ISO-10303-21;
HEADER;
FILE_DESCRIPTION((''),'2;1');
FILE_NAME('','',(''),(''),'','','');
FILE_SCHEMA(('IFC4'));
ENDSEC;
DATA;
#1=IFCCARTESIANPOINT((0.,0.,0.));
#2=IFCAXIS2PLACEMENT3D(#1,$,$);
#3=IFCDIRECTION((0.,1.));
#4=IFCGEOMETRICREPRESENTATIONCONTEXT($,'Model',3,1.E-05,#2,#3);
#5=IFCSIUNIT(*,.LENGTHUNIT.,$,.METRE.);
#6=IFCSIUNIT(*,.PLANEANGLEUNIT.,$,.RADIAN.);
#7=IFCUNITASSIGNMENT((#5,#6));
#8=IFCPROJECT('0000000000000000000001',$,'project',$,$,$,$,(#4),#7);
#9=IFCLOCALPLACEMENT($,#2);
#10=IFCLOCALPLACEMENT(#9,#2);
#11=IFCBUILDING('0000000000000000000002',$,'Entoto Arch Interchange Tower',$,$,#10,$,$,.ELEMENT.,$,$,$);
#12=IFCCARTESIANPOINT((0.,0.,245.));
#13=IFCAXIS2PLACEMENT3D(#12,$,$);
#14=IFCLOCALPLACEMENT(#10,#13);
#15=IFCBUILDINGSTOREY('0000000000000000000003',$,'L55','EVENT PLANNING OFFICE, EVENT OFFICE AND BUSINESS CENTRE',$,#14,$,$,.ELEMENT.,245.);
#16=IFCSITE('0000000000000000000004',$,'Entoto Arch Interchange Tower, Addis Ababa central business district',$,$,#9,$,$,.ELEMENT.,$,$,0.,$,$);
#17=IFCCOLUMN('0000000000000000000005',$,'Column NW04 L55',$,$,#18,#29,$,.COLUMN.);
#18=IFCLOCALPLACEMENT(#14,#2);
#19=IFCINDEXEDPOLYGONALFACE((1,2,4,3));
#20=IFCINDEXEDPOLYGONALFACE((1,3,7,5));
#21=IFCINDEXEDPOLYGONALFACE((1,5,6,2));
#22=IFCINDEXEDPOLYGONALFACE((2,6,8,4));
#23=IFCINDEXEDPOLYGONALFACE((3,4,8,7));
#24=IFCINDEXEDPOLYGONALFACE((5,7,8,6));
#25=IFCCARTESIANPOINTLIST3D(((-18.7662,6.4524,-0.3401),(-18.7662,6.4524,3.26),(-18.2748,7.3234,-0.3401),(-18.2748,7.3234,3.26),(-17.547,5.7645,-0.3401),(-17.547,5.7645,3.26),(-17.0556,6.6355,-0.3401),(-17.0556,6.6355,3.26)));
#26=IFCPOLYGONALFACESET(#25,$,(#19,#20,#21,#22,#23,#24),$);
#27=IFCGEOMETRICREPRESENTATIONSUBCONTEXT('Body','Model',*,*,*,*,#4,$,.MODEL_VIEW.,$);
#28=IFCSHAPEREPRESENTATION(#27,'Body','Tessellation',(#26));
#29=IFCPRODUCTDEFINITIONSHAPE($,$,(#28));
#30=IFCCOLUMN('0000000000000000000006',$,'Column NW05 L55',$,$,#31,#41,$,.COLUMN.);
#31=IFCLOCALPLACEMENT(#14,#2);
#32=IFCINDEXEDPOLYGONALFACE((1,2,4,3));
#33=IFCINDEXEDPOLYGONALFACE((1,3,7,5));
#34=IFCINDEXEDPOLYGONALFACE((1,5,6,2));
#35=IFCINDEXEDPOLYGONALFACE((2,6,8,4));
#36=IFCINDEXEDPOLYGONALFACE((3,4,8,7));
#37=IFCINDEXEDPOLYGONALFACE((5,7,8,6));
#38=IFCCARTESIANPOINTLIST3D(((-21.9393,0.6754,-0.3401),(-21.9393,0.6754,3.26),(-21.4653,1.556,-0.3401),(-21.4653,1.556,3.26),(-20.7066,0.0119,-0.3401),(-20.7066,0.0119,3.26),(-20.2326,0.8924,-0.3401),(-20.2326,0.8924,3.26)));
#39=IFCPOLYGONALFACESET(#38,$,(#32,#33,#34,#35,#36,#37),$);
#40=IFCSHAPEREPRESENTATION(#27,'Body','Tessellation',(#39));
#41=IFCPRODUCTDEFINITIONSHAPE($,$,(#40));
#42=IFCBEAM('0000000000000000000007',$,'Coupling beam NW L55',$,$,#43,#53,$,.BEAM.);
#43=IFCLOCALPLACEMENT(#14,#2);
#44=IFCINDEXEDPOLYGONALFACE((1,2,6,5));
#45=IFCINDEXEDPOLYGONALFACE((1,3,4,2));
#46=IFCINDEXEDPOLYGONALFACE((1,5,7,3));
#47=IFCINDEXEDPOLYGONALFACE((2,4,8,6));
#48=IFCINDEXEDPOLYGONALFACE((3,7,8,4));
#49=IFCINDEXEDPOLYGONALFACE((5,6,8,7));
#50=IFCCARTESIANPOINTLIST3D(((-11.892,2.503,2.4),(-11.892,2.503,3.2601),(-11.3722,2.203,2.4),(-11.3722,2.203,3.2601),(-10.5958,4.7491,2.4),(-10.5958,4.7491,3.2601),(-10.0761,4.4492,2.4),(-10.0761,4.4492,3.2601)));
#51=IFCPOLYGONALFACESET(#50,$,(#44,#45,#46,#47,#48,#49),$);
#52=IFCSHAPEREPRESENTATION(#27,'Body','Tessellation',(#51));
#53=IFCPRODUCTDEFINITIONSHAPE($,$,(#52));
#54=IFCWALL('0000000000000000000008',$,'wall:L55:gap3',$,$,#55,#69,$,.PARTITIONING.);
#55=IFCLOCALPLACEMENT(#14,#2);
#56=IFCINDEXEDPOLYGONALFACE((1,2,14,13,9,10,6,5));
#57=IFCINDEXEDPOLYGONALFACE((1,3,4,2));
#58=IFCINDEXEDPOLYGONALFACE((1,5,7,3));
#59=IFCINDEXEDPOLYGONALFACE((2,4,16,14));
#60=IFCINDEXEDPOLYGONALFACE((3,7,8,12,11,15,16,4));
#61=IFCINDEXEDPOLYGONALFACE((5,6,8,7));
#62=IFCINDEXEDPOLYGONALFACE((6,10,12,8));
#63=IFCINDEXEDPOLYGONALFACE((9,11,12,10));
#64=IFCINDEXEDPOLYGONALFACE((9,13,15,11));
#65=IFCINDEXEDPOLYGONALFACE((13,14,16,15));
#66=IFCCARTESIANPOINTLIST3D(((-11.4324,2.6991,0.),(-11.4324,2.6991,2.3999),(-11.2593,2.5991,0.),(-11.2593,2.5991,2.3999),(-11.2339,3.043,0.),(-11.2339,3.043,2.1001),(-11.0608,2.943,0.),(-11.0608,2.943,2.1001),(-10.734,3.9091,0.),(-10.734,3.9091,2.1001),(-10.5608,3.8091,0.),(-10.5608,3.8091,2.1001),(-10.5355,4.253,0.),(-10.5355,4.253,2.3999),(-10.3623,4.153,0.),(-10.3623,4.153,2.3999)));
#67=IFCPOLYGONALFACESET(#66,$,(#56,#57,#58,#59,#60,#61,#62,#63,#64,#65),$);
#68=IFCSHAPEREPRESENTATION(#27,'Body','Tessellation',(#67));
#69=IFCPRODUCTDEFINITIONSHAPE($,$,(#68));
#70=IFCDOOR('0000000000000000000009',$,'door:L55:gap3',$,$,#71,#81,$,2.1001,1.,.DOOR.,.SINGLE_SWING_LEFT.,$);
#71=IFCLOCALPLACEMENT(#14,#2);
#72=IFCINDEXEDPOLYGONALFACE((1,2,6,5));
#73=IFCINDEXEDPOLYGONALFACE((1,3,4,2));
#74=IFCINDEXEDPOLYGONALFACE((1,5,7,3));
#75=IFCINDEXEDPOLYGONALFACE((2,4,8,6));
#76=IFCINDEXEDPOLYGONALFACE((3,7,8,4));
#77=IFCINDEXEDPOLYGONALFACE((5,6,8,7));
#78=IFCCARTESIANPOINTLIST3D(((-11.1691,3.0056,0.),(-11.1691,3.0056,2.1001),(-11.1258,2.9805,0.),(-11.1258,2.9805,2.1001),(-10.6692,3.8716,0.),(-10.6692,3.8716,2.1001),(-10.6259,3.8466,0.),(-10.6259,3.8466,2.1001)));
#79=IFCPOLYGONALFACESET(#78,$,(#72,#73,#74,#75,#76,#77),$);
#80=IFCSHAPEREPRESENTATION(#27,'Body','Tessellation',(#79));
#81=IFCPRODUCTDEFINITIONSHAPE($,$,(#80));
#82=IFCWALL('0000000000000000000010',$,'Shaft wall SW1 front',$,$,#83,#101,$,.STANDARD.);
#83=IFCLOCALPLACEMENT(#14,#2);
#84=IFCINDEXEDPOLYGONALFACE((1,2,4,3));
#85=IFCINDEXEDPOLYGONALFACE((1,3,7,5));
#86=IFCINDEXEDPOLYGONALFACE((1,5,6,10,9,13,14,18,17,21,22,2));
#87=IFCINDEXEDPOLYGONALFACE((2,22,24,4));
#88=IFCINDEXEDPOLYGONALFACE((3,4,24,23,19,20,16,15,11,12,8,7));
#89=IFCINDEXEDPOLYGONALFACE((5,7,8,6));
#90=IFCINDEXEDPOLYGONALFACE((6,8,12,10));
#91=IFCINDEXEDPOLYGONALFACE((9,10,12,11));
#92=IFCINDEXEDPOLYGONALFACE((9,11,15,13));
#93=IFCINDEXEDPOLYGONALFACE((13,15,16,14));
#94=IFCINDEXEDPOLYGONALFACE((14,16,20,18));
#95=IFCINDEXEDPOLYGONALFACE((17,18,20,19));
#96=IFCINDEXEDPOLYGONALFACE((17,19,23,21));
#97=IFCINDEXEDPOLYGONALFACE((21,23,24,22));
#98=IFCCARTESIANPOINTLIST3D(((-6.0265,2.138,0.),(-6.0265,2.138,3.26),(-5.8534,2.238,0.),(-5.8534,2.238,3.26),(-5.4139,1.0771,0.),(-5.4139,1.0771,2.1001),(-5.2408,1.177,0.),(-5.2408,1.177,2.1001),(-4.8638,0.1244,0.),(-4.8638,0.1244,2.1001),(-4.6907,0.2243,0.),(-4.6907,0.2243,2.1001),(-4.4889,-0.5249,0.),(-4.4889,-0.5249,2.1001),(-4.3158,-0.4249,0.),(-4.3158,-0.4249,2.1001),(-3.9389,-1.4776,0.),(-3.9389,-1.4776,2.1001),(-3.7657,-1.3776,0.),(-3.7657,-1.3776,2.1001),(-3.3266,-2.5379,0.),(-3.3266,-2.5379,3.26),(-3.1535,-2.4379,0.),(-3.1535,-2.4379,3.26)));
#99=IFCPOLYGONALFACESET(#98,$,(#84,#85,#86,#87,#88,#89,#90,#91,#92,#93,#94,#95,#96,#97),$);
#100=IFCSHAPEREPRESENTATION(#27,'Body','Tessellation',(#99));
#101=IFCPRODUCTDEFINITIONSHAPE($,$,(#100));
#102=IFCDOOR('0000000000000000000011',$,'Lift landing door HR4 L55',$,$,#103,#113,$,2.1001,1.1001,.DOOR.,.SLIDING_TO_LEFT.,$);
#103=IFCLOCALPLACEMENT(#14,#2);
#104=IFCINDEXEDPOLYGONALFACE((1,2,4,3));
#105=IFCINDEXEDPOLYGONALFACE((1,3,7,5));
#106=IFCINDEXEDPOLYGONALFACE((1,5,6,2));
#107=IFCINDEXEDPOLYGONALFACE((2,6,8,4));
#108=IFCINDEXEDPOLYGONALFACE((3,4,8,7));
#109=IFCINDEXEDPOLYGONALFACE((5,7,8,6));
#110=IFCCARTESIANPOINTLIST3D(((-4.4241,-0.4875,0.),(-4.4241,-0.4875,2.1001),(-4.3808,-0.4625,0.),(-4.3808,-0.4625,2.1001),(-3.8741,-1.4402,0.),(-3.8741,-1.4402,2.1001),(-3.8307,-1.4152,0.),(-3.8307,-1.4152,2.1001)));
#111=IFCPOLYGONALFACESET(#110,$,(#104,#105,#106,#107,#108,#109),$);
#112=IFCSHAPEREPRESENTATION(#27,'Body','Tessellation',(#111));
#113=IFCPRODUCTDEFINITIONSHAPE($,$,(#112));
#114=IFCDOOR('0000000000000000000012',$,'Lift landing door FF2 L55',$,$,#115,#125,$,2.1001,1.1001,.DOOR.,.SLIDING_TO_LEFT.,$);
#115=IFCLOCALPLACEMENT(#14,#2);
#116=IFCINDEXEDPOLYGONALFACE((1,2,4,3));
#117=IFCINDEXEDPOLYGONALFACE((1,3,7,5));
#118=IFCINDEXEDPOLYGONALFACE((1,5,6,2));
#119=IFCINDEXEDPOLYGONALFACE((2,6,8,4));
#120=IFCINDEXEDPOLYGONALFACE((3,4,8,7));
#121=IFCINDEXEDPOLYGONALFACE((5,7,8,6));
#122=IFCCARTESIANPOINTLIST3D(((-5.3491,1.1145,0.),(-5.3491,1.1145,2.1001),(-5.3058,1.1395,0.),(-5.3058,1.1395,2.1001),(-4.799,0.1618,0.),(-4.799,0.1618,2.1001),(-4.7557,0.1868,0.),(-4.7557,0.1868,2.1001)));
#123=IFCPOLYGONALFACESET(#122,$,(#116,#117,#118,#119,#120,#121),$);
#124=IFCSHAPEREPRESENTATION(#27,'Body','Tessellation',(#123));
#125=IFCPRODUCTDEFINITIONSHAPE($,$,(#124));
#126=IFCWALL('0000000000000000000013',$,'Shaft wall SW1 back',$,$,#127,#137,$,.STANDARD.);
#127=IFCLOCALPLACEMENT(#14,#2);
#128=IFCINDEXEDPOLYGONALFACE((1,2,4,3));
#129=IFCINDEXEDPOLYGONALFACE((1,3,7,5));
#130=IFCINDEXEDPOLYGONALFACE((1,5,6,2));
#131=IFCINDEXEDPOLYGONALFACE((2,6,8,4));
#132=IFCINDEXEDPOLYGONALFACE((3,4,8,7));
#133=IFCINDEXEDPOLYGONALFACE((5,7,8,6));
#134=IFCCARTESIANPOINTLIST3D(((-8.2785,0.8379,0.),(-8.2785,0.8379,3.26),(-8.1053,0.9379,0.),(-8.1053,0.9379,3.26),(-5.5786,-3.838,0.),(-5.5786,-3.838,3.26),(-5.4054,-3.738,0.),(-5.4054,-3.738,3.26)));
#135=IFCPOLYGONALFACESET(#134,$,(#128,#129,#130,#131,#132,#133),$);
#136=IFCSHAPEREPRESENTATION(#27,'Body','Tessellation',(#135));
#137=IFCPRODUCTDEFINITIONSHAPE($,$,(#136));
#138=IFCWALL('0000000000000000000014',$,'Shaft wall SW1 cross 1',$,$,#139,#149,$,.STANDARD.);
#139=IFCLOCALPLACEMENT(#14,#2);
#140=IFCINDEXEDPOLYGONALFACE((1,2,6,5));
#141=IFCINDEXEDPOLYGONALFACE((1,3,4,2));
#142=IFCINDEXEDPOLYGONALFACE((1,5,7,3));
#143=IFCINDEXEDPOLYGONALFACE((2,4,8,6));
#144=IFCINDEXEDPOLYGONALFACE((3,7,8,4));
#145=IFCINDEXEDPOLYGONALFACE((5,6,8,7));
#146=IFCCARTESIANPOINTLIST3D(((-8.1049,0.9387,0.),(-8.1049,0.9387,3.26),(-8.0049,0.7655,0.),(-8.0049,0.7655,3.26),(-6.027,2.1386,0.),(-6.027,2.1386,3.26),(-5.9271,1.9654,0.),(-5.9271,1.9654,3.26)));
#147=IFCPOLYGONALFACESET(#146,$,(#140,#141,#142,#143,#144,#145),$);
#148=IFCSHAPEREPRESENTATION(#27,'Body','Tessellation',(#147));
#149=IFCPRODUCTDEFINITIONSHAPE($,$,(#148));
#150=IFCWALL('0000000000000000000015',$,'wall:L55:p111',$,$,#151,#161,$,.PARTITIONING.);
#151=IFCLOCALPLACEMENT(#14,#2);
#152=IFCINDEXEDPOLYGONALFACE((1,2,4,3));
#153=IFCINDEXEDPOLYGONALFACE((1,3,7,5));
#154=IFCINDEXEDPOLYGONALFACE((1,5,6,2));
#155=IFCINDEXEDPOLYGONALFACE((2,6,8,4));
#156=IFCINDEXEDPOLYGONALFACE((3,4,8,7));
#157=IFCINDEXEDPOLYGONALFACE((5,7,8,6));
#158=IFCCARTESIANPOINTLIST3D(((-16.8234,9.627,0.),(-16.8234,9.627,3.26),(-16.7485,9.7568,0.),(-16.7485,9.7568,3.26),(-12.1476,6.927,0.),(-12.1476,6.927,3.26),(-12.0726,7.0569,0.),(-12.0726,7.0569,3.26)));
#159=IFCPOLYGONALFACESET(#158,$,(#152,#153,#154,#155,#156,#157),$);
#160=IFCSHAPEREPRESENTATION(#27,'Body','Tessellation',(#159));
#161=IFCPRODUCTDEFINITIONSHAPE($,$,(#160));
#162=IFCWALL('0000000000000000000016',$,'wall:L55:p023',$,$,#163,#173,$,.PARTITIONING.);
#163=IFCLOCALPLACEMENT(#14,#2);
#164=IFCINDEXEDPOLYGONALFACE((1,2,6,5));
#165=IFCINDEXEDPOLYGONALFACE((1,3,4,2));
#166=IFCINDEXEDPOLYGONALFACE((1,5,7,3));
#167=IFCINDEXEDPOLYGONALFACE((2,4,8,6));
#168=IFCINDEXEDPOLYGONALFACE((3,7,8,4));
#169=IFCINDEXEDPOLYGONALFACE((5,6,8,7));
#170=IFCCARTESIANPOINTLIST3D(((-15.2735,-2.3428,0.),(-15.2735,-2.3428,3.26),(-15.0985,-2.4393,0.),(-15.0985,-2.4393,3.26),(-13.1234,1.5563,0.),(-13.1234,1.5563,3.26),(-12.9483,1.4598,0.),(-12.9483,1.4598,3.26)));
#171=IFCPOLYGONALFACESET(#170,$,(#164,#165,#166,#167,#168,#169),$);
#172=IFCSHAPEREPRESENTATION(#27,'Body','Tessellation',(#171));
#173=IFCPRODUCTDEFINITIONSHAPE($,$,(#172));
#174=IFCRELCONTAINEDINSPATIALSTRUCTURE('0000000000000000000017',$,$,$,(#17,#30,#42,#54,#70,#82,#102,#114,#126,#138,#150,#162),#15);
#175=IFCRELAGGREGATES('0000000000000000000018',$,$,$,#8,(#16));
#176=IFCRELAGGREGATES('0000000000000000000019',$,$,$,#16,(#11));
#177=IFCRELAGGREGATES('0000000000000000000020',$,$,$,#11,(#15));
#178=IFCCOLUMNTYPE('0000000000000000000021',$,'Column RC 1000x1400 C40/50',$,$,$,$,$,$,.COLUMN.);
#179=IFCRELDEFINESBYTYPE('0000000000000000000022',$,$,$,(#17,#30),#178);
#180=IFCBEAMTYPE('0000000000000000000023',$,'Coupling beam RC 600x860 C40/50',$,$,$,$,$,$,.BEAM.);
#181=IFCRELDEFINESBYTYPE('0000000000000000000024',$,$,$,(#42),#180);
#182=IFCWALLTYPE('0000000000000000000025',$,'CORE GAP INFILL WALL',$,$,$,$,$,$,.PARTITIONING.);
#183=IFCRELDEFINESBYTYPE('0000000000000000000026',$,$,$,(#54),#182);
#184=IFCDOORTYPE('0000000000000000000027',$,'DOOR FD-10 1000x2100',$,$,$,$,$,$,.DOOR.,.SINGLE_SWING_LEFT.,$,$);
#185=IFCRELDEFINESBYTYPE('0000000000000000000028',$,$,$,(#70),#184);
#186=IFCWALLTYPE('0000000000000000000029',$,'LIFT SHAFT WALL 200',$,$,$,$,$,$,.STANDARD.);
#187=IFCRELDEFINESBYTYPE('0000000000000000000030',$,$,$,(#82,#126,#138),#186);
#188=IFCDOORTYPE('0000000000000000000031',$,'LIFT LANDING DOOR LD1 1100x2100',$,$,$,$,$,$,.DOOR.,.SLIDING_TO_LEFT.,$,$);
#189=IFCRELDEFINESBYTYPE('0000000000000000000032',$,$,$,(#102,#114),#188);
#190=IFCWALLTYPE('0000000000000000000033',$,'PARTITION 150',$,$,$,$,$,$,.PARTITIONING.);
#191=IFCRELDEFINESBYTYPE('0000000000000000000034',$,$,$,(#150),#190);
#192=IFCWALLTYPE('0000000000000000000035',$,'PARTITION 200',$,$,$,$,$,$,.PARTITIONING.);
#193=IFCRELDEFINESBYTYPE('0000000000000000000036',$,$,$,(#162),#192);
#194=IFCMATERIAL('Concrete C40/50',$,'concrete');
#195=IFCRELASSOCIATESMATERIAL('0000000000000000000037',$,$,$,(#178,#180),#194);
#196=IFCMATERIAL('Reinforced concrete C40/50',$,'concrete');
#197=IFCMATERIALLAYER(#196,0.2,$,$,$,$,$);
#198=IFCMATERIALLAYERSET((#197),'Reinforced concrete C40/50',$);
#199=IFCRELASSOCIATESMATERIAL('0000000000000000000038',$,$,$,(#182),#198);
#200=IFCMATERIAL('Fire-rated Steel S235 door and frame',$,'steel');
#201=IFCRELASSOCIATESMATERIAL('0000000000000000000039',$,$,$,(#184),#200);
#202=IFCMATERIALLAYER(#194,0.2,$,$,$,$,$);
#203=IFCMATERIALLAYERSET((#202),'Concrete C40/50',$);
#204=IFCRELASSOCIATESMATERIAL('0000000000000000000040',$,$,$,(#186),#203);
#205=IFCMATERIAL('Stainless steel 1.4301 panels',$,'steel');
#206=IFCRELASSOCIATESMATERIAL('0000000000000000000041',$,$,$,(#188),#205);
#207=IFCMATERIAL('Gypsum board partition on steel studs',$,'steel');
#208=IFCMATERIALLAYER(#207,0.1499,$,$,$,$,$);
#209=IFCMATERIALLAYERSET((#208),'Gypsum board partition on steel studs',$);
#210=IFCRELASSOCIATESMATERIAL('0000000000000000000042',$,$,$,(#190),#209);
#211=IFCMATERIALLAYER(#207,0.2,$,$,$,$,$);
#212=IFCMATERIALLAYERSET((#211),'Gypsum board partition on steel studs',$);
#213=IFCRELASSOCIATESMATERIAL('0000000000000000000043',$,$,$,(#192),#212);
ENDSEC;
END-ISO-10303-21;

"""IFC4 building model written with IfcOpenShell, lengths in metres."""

from ifc_helpers import new_model, si_unit, direction, frame, frame_2d, origin, origin_2d, place, context, subcontext, project, spatial, rectangle, extrude, material, layer, layer_set, material_profile, profile_set, type_object, element, fill, save


model = new_model("IFC4")

# Units and contexts
model_context = context("Model", 3, precision=1e-05, world=origin(), true_north=direction((0.0, 1.0)))
body_context = subcontext(model_context, "Body", "Model", "MODEL_VIEW")
ifc_project = project(units=[si_unit("LENGTHUNIT", "METRE"), si_unit("PLANEANGLEUNIT", "RADIAN")], contexts=[model_context])

# Site, building, storey
site_placement = place(None, origin())
site = spatial("IfcSite", under=ifc_project, at=site_placement, Name="Entoto Arch Interchange Tower, Addis Ababa central business district", CompositionType="ELEMENT", RefElevation=0.0)
building_placement = place(site_placement, origin())
building = spatial("IfcBuilding", under=site, at=building_placement, Name="Entoto Arch Interchange Tower", CompositionType="ELEMENT")
storey_placement = place(building_placement, frame((0.0, 0.0, 245.0)))
storey = spatial("IfcBuildingStorey", under=building, at=storey_placement, Name="L55", Description="EVENT PLANNING OFFICE, EVENT OFFICE AND BUSINESS CENTRE", CompositionType="ELEMENT", Elevation=245.0)

# Columns
ifc_material_1 = material(Name="Concrete C40/50", Category="concrete")
ifc_material_profile_1 = material_profile(ifc_material_1, rectangle(XDim=1.0, YDim=1.3999, at=origin_2d()))
ifc_profile_set_1 = profile_set([ifc_material_profile_1], Name="Concrete C40/50")
column_type = type_object("IfcColumnType", Name="Column RC 1000x1400 C40/50", PredefinedType="COLUMN", material=ifc_profile_set_1)
for number, where, z_axis, x_axis, name in (
    (1, (-17.9109, 6.5439, -0.3401), (0.0, 0.0, 1.0), (0.491375, 0.870948, 0.0), "Column NW04 L55"),
    (2, (-21.0859, 0.7839, -0.3401), (0.0, 0.0, 1.0), (0.473981, 0.880535, 0.0), "Column NW05 L55"),
):
    element("IfcColumn", number, at=place(storey_placement, frame(where, z_axis=z_axis, x_axis=x_axis)), inside=storey, type_object=column_type, Name=name, PredefinedType="COLUMN", context=body_context, shape_type="SweptSolid", body=[
        extrude(rectangle(XDim=1.0, YDim=1.3999, at=origin_2d()), origin(), (0.0, 0.0, 1.0), 3.6001),
    ])

# Beam
ifc_material_profile_2 = material_profile(ifc_material_1, rectangle(XDim=0.6001, YDim=0.8601, at=origin_2d()))
ifc_profile_set_2 = profile_set([ifc_material_profile_2], Name="Concrete C40/50")
beam_type = type_object("IfcBeamType", Name="Coupling beam RC 600x860 C40/50", PredefinedType="BEAM", material=ifc_profile_set_2)
beam_placement = place(storey_placement, frame((-10.3359, 4.5991, 2.8301), z_axis=(-0.499815, -0.866132, 0.0), x_axis=(0.866132, -0.499815, 0.0)))
element("IfcBeam", 3, at=beam_placement, inside=storey, type_object=beam_type, Name="Coupling beam NW L55", PredefinedType="BEAM", context=body_context, shape_type="SweptSolid", body=[
    extrude(rectangle(XDim=0.6001, YDim=0.8601, at=origin_2d()), origin(), (0.0, 0.0, 1.0), 2.5933),
])

# Wall, opening, door
ifc_material_2 = material(Name="Reinforced concrete C40/50", Category="concrete")
ifc_layer_1 = layer(ifc_material_2, 0.2)
ifc_layer_set_1 = layer_set([ifc_layer_1], Name="Reinforced concrete C40/50")
wall_type_1 = type_object("IfcWallType", Name="CORE GAP INFILL WALL", PredefinedType="PARTITIONING", material=ifc_layer_set_1)
wall_1_placement = place(storey_placement, frame((-10.449, 4.2029, 0.0), z_axis=(0.0, 0.0, 1.0), x_axis=(-0.499915, -0.866075, 0.0)))
wall_1 = element("IfcWall", 4, at=wall_1_placement, inside=storey, type_object=wall_type_1, Name="wall:L55:gap3", PredefinedType="PARTITIONING", context=body_context, shape_type="SweptSolid", body=[
    extrude(rectangle(XDim=1.7942, YDim=0.2, at=frame_2d((0.897, 0.0))), origin(), (0.0, 0.0, 1.0), 2.3999),
])
opening_1_placement = place(wall_1_placement, frame((0.397, 0.0, 0.0)))
opening_1 = element("IfcOpeningElement", 5, at=opening_1_placement, cuts=wall_1, PredefinedType="OPENING", context=body_context, shape_type="SweptSolid", body=[
    extrude(rectangle(XDim=1.0, YDim=2.1001, at=frame_2d((0.5, 1.05))), frame((0.0, 0.1099, 0.0), z_axis=(0.0, -1.0, 0.0), x_axis=(1.0, 0.0, 0.0)), (0.0, 0.0, 1.0), 0.22),
])
ifc_material_3 = material(Name="Fire-rated Steel S235 door and frame", Category="steel")
door_type_1 = type_object("IfcDoorType", Name="DOOR FD-10 1000x2100", OperationType="SINGLE_SWING_LEFT", PredefinedType="DOOR", material=ifc_material_3)
door_1_placement = place(opening_1_placement, origin())
door_1 = element("IfcDoor", 6, at=door_1_placement, inside=storey, type_object=door_type_1, Name="door:L55:gap3", OperationType="SINGLE_SWING_LEFT", OverallHeight=2.1001, OverallWidth=1.0, PredefinedType="DOOR", context=body_context, shape_type="SweptSolid", body=[
    extrude(rectangle(XDim=1.0, YDim=2.1001, at=frame_2d((0.5, 1.05))), frame((0.0, 0.0249, 0.0), z_axis=(0.0, -1.0, 0.0), x_axis=(1.0, 0.0, 0.0)), (0.0, 0.0, 1.0), 0.05),
])
fill(opening_1, door_1)

# Wall, openings, doors
ifc_layer_2 = layer(ifc_material_1, 0.2)
ifc_layer_set_2 = layer_set([ifc_layer_2], Name="Concrete C40/50")
wall_type_2 = type_object("IfcWallType", Name="LIFT SHAFT WALL 200", PredefinedType="STANDARD", material=ifc_layer_set_2)
wall_2_placement = place(storey_placement, frame((-5.9399, 2.188, 0.0), z_axis=(0.0, 0.0, 1.0), x_axis=(0.500034, -0.866006, 0.0)))
wall_2 = element("IfcWall", 7, at=wall_2_placement, inside=storey, type_object=wall_type_2, Name="Shaft wall SW1 front", PredefinedType="STANDARD", context=body_context, shape_type="SweptSolid", body=[
    extrude(rectangle(XDim=5.3994, YDim=0.2, at=frame_2d((2.6997, 0.0))), origin(), (0.0, 0.0, 1.0), 3.26),
])
opening_2_placement = place(wall_2_placement, frame((3.075, 0.0, 0.0)))
opening_2 = element("IfcOpeningElement", 8, at=opening_2_placement, cuts=wall_2, PredefinedType="OPENING", context=body_context, shape_type="SweptSolid", body=[
    extrude(rectangle(XDim=1.1001, YDim=2.1001, at=frame_2d((0.55, 1.05))), frame((0.0, 0.1099, 0.0), z_axis=(0.0, -1.0, 0.0), x_axis=(1.0, 0.0, 0.0)), (0.0, 0.0, 1.0), 0.22),
])
opening_3_placement = place(wall_2_placement, frame((1.2251, 0.0, 0.0)))
opening_3 = element("IfcOpeningElement", 9, at=opening_3_placement, cuts=wall_2, PredefinedType="OPENING", context=body_context, shape_type="SweptSolid", body=[
    extrude(rectangle(XDim=1.1001, YDim=2.1001, at=frame_2d((0.55, 1.05))), frame((0.0, 0.1099, 0.0), z_axis=(0.0, -1.0, 0.0), x_axis=(1.0, 0.0, 0.0)), (0.0, 0.0, 1.0), 0.22),
])
ifc_material_4 = material(Name="Stainless steel 1.4301 panels", Category="steel")
door_type_2 = type_object("IfcDoorType", Name="LIFT LANDING DOOR LD1 1100x2100", OperationType="SLIDING_TO_LEFT", PredefinedType="DOOR", material=ifc_material_4)
door_2_placement = place(opening_2_placement, origin())
door_2 = element("IfcDoor", 10, at=door_2_placement, inside=storey, type_object=door_type_2, Name="Lift landing door HR4 L55", OperationType="SLIDING_TO_LEFT", OverallHeight=2.1001, OverallWidth=1.1001, PredefinedType="DOOR", context=body_context, shape_type="SweptSolid", body=[
    extrude(rectangle(XDim=1.1001, YDim=2.1001, at=frame_2d((0.55, 1.05))), frame((0.0, 0.0249, 0.0), z_axis=(0.0, -1.0, 0.0), x_axis=(1.0, 0.0, 0.0)), (0.0, 0.0, 1.0), 0.05),
])
fill(opening_2, door_2)
door_3_placement = place(opening_3_placement, origin())
door_3 = element("IfcDoor", 11, at=door_3_placement, inside=storey, type_object=door_type_2, Name="Lift landing door FF2 L55", OperationType="SLIDING_TO_LEFT", OverallHeight=2.1001, OverallWidth=1.1001, PredefinedType="DOOR", context=body_context, shape_type="SweptSolid", body=[
    extrude(rectangle(XDim=1.1001, YDim=2.1001, at=frame_2d((0.55, 1.05))), frame((0.0, 0.0249, 0.0), z_axis=(0.0, -1.0, 0.0), x_axis=(1.0, 0.0, 0.0)), (0.0, 0.0, 1.0), 0.05),
])
fill(opening_3, door_3)

# Walls
wall_3_placement = place(storey_placement, frame((-8.1919, 0.8879, 0.0), z_axis=(0.0, 0.0, 1.0), x_axis=(0.500034, -0.866006, 0.0)))
element("IfcWall", 12, at=wall_3_placement, inside=storey, type_object=wall_type_2, Name="Shaft wall SW1 back", PredefinedType="STANDARD", context=body_context, shape_type="SweptSolid", body=[
    extrude(rectangle(XDim=5.3994, YDim=0.2, at=frame_2d((2.6997, 0.0))), origin(), (0.0, 0.0, 1.0), 3.26),
])
wall_4_placement = place(storey_placement, frame((-5.9771, 2.052, 0.0), z_axis=(0.0, 0.0, 1.0), x_axis=(-0.865974, -0.500089, 0.0)))
element("IfcWall", 13, at=wall_4_placement, inside=storey, type_object=wall_type_2, Name="Shaft wall SW1 cross 1", PredefinedType="STANDARD", context=body_context, shape_type="SweptSolid", body=[
    extrude(rectangle(XDim=2.3994, YDim=0.2, at=frame_2d((1.1997, 0.0))), origin(), (0.0, 0.0, 1.0), 3.26),
])
ifc_material_5 = material(Name="Gypsum board partition on steel studs", Category="steel")
ifc_layer_3 = layer(ifc_material_5, 0.1499)
ifc_layer_set_3 = layer_set([ifc_layer_3], Name="Gypsum board partition on steel studs")
wall_type_3 = type_object("IfcWallType", Name="PARTITION 150", PredefinedType="PARTITIONING", material=ifc_layer_set_3)
wall_5_placement = place(storey_placement, frame((-12.1101, 6.9919, 0.0), z_axis=(0.0, 0.0, 1.0), x_axis=(-0.865994, 0.500054, 0.0)))
element("IfcWall", 14, at=wall_5_placement, inside=storey, type_object=wall_type_3, Name="wall:L55:p111", PredefinedType="PARTITIONING", context=body_context, shape_type="SweptSolid", body=[
    extrude(rectangle(XDim=5.3994, YDim=0.1499, at=frame_2d((2.6997, 0.0))), origin(), (0.0, 0.0, 1.0), 3.26),
])
ifc_layer_4 = layer(ifc_material_5, 0.2)
ifc_layer_set_4 = layer_set([ifc_layer_4], Name="Gypsum board partition on steel studs")
wall_type_4 = type_object("IfcWallType", Name="PARTITION 200", PredefinedType="PARTITIONING", material=ifc_layer_set_4)
wall_6_placement = place(storey_placement, frame((-13.0359, 1.5081, 0.0), z_axis=(0.0, 0.0, 1.0), x_axis=(-0.482885, -0.875684, 0.0)))
element("IfcWall", 15, at=wall_6_placement, inside=storey, type_object=wall_type_4, Name="wall:L55:p023", PredefinedType="PARTITIONING", context=body_context, shape_type="SweptSolid", body=[
    extrude(rectangle(XDim=4.4526, YDim=0.2, at=frame_2d((2.2263, 0.0))), origin(), (0.0, 0.0, 1.0), 3.26),
])

save(model, "model.ifc")
